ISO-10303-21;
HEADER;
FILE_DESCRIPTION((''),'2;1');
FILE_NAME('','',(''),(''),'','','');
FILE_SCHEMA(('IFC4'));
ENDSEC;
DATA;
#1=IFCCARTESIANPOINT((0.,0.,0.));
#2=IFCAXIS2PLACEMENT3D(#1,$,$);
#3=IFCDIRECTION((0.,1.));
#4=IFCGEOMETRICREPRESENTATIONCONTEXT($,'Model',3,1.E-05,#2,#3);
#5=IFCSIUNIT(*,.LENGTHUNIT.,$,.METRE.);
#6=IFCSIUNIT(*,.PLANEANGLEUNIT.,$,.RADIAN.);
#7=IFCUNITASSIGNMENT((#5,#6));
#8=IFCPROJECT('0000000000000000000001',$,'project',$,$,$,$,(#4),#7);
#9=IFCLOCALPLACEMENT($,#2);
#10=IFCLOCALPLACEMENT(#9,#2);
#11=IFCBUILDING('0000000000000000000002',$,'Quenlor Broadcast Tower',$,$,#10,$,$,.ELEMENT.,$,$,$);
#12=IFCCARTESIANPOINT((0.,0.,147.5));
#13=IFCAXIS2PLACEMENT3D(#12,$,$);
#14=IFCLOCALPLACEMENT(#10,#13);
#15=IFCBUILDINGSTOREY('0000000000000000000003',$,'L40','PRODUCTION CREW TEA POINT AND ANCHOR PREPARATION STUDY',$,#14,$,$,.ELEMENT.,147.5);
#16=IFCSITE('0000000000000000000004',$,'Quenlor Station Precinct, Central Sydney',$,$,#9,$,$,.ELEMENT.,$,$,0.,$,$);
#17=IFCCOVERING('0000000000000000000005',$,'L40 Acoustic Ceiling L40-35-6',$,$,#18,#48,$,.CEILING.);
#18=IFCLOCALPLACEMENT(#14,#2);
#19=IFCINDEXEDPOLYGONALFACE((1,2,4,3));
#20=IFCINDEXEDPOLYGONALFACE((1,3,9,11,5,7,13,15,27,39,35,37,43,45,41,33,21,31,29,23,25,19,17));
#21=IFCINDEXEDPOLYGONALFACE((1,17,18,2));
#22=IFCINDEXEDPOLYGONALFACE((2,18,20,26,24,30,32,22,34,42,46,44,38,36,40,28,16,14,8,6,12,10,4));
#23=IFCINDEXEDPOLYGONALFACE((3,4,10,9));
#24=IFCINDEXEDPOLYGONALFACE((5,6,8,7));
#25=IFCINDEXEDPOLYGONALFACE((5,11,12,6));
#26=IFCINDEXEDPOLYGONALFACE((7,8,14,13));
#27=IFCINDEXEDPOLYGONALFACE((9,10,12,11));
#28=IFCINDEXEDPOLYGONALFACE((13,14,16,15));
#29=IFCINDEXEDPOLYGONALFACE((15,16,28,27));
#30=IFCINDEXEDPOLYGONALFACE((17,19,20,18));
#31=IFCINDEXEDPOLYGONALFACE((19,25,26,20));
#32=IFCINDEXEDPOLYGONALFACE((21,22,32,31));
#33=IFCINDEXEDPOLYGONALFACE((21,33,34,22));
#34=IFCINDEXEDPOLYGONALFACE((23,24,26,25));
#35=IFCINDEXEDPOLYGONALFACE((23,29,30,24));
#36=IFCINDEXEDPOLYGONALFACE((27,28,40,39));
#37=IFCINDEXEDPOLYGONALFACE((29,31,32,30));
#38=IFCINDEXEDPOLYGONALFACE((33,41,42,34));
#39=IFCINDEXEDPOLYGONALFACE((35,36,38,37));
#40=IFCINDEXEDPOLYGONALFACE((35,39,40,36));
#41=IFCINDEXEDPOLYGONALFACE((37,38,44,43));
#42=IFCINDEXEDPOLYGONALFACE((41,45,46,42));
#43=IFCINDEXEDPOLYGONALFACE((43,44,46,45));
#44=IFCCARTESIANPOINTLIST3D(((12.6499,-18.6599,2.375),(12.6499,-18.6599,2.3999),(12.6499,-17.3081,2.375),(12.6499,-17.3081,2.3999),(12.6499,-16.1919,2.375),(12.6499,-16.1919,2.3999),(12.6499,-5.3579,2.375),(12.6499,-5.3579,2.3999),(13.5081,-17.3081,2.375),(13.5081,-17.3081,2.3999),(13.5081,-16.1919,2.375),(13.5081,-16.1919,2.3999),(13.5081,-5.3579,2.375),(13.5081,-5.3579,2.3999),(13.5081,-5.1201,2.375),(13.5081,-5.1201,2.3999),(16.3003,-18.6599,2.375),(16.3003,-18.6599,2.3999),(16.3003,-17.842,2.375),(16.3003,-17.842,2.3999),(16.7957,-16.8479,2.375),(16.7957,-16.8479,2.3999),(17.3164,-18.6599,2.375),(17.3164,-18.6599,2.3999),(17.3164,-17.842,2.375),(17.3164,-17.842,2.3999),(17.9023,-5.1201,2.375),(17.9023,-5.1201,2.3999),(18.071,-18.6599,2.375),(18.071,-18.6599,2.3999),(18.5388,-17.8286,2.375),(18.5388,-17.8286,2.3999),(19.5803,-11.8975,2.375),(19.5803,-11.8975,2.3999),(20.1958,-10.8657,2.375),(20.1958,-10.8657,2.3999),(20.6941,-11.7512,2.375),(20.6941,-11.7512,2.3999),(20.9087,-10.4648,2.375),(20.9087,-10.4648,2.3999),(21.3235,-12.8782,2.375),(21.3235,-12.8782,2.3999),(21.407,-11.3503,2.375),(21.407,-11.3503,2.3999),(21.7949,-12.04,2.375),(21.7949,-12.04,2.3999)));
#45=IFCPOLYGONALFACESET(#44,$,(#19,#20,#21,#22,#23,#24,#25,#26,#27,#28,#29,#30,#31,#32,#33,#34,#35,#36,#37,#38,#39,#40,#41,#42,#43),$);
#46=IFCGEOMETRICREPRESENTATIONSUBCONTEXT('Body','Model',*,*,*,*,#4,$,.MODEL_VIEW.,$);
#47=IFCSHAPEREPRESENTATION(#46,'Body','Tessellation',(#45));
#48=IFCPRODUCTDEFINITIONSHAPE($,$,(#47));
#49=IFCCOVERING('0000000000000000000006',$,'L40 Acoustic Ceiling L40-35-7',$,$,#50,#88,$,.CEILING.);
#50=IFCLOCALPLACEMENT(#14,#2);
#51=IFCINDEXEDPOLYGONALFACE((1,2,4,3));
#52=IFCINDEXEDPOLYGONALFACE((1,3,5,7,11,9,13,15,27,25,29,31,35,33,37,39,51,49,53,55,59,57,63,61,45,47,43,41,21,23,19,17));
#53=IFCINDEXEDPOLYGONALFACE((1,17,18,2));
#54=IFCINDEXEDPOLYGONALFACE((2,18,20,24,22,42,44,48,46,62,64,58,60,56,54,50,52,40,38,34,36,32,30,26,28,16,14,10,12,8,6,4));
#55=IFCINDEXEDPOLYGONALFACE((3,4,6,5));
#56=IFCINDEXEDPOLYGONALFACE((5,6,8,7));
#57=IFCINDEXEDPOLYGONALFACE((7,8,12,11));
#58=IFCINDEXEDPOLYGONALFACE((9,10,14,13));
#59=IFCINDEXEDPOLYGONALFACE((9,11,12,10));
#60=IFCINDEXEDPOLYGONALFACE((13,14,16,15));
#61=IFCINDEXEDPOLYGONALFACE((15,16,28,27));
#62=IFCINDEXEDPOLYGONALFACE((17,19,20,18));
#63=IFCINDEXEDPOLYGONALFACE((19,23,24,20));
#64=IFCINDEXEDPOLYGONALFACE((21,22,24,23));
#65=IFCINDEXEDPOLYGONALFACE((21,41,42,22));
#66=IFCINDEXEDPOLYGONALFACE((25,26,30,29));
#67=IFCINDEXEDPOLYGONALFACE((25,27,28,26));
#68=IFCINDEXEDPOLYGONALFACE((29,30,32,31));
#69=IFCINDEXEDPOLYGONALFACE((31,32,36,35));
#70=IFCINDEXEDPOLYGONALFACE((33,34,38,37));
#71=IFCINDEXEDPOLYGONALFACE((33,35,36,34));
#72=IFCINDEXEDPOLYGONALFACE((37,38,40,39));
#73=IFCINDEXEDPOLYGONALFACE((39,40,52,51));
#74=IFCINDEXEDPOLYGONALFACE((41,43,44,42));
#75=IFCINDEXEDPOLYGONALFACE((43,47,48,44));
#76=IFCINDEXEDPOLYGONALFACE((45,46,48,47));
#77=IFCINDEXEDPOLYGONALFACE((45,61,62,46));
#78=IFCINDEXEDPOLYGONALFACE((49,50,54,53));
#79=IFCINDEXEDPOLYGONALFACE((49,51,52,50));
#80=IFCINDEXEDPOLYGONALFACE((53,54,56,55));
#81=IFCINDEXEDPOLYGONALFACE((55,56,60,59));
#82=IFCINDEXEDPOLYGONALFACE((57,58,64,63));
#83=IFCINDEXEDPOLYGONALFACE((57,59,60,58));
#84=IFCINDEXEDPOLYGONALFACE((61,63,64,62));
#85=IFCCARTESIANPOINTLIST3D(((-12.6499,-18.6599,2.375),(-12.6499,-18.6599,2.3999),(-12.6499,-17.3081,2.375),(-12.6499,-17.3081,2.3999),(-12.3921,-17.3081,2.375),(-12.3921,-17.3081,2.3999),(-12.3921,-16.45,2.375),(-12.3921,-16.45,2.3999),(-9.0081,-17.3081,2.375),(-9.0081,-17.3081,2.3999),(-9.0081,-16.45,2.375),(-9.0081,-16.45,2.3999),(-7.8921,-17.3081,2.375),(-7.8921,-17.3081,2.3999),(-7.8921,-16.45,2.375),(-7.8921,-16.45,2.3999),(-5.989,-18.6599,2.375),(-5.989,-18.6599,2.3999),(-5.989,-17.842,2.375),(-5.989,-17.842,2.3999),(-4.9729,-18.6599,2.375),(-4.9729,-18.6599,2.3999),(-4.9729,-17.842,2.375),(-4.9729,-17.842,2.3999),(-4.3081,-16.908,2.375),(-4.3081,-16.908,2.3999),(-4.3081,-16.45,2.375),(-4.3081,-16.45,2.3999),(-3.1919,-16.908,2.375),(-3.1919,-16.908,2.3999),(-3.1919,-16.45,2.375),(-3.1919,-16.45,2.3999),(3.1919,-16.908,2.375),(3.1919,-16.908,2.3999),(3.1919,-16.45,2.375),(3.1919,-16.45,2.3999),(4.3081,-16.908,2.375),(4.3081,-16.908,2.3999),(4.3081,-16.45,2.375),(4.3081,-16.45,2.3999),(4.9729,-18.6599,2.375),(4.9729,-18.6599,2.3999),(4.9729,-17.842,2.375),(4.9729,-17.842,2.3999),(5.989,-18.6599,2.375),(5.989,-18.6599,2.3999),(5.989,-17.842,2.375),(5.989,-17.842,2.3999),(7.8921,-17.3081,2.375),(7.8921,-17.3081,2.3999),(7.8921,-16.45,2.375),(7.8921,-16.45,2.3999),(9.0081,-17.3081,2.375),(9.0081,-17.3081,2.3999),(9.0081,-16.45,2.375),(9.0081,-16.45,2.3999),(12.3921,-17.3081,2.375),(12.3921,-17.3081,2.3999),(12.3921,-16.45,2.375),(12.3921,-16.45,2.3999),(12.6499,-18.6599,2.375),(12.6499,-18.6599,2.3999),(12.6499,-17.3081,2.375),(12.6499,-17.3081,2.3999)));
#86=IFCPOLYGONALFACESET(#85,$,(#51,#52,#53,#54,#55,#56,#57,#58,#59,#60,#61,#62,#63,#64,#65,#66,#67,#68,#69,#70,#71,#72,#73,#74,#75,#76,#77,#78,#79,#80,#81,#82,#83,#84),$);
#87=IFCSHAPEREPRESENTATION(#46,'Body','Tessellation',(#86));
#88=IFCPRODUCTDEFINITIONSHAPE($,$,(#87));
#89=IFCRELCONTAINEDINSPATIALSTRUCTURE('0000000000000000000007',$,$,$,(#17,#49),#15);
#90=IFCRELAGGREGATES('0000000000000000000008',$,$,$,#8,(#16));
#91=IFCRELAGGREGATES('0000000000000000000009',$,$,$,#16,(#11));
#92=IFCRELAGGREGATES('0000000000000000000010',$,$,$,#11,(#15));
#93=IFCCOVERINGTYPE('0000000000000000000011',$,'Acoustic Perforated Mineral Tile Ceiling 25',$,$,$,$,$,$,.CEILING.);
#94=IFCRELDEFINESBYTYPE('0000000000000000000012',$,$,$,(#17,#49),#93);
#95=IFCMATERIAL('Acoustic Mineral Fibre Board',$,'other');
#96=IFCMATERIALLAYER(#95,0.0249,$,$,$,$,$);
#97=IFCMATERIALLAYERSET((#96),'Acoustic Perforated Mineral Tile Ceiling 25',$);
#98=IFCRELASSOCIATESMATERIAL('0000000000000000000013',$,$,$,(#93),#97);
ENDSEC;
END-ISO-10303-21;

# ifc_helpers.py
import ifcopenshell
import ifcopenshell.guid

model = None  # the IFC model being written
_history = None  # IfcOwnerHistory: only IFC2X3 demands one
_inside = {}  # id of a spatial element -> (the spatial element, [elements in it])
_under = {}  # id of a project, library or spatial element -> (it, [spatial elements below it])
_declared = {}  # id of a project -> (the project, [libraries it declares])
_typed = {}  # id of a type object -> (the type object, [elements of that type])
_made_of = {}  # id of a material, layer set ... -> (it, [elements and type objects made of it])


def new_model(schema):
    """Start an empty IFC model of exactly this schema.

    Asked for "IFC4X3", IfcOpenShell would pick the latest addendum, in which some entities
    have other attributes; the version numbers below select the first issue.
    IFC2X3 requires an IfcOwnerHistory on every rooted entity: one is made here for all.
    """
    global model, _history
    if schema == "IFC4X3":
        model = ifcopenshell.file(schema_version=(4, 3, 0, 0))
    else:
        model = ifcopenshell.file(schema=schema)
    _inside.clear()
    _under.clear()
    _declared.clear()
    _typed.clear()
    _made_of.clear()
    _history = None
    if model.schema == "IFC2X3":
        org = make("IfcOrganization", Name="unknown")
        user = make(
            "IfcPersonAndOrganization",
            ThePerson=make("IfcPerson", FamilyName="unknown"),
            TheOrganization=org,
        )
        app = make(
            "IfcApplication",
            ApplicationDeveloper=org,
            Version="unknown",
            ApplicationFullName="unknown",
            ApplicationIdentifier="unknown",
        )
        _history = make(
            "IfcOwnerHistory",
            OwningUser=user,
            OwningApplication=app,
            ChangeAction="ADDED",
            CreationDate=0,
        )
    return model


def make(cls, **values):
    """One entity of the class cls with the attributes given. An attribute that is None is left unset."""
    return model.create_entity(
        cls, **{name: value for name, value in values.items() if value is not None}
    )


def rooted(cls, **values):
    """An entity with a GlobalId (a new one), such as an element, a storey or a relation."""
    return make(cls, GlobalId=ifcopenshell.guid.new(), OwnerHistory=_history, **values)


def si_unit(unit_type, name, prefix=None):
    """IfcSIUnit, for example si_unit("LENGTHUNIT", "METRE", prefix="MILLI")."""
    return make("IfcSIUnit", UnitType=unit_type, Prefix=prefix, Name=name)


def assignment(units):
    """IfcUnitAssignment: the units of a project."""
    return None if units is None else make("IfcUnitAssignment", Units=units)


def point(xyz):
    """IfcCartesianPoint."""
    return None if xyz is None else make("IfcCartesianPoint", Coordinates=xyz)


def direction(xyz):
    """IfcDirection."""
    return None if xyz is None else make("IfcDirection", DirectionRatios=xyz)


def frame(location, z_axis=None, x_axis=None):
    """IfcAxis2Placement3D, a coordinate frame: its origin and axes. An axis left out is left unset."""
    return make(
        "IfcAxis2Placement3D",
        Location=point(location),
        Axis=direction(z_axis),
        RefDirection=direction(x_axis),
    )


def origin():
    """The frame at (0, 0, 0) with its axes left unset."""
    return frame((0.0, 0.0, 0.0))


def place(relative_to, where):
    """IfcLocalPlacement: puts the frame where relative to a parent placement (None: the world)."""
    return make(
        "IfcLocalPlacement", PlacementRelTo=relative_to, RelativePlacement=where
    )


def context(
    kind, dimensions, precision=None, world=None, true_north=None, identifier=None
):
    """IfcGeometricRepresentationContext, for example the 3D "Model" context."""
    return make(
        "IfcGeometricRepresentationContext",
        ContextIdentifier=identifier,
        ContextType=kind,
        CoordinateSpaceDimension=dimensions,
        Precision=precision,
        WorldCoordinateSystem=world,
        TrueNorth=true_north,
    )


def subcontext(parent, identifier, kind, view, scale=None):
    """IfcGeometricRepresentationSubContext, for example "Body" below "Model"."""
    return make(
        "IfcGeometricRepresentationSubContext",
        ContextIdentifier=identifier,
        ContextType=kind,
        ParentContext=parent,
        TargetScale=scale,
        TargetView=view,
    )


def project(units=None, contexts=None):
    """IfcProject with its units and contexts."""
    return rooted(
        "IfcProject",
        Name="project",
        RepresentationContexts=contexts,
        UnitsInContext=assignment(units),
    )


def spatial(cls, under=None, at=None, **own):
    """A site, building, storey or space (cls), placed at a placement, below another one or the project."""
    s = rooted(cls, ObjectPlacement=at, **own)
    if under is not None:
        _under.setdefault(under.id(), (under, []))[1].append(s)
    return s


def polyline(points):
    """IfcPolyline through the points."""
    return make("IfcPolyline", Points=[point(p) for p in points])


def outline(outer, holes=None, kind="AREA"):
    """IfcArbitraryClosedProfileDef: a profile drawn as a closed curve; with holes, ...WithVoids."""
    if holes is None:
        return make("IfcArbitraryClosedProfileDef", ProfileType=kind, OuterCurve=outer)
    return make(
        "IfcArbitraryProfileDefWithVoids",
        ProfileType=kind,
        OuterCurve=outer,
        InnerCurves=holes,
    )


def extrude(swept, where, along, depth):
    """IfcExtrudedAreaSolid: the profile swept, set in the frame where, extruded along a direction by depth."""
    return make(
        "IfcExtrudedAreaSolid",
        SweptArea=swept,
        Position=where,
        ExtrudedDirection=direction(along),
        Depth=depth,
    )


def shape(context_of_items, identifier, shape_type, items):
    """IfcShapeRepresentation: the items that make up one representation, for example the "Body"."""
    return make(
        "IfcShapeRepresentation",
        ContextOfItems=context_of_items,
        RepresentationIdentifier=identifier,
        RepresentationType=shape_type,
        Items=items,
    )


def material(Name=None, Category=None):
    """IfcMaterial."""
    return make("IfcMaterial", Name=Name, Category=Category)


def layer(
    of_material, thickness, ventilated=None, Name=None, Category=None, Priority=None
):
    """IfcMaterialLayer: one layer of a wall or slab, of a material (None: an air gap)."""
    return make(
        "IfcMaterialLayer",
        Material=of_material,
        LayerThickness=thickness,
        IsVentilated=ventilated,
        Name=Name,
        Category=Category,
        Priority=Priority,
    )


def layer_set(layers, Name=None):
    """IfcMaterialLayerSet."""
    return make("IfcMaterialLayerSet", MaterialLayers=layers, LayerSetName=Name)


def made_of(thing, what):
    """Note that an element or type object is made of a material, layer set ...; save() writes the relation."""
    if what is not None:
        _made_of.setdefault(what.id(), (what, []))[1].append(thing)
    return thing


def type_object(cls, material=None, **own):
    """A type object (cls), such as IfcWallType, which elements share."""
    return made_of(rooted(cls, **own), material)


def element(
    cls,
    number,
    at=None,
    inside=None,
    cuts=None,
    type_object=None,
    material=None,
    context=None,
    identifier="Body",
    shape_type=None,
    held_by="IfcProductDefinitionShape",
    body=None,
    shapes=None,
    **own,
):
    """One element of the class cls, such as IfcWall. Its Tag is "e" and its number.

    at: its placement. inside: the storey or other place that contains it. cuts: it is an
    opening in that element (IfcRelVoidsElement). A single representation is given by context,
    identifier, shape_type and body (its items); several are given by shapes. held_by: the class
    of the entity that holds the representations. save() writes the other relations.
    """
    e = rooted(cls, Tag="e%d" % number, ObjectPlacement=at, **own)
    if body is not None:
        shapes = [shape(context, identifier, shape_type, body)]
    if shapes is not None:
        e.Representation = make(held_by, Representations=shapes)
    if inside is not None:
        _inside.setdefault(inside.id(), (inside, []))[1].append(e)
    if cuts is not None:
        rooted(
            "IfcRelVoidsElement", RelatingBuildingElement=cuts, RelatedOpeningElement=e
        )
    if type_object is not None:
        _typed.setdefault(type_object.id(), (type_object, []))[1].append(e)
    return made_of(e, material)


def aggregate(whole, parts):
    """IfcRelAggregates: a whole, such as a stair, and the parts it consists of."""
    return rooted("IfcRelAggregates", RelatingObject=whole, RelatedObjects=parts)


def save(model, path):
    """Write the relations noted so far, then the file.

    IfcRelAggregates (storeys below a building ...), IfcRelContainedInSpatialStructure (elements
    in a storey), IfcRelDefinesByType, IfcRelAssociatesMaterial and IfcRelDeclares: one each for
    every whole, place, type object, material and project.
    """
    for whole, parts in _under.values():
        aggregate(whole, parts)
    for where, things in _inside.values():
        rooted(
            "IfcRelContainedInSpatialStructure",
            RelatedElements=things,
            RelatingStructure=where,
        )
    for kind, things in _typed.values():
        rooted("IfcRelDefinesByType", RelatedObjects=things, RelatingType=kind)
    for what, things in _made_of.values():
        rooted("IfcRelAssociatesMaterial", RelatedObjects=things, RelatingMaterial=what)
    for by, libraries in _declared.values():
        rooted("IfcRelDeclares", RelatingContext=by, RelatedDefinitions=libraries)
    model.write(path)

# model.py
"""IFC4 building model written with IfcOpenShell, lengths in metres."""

from ifc_helpers import new_model, si_unit, direction, frame, origin, place, context, subcontext, project, spatial, polyline, outline, extrude, material, layer, layer_set, type_object, element, save


model = new_model("IFC4")

# Units and contexts
model_context = context("Model", 3, precision=1e-05, world=origin(), true_north=direction((0.0, 1.0)))
body_context = subcontext(model_context, "Body", "Model", "MODEL_VIEW")
ifc_project = project(units=[si_unit("LENGTHUNIT", "METRE"), si_unit("PLANEANGLEUNIT", "RADIAN")], contexts=[model_context])

# Site, building, storey
site_placement = place(None, origin())
site = spatial("IfcSite", under=ifc_project, at=site_placement, Name="Quenlor Station Precinct, Central Sydney", CompositionType="ELEMENT", RefElevation=0.0)
building_placement = place(site_placement, origin())
building = spatial("IfcBuilding", under=site, at=building_placement, Name="Quenlor Broadcast Tower", CompositionType="ELEMENT")
storey_placement = place(building_placement, frame((0.0, 0.0, 147.5)))
storey = spatial("IfcBuildingStorey", under=building, at=storey_placement, Name="L40", Description="PRODUCTION CREW TEA POINT AND ANCHOR PREPARATION STUDY", CompositionType="ELEMENT", Elevation=147.5)

# Coverings
ifc_material_1 = material(Name="Acoustic Mineral Fibre Board", Category="other")
ifc_layer_1 = layer(ifc_material_1, 0.0249)
ifc_layer_set_1 = layer_set([ifc_layer_1], Name="Acoustic Perforated Mineral Tile Ceiling 25")
covering_type = type_object("IfcCoveringType", Name="Acoustic Perforated Mineral Tile Ceiling 25", PredefinedType="CEILING", material=ifc_layer_set_1)
covering_1_placement = place(storey_placement, frame((0.0, 0.0, 2.375)))
element("IfcCovering", 1, at=covering_1_placement, inside=storey, type_object=covering_type, Name="L40 Acoustic Ceiling L40-35-6", PredefinedType="CEILING", context=body_context, shape_type="SweptSolid", body=[
    extrude(outline(polyline([(13.5081, -17.3081), (13.5081, -16.1919), (12.6499, -16.1919), (12.6499, -5.3579), (13.5081, -5.3579), (13.5081, -5.1201), (17.9023, -5.1201), (20.9087, -10.4648), (20.1958, -10.8657), (20.6941, -11.7512), (21.407, -11.3503), (21.7949, -12.04), (21.3235, -12.8782), (19.5803, -11.8975), (16.7957, -16.8479), (18.5388, -17.8286), (18.071, -18.6599), (17.3164, -18.6599), (17.3164, -17.842), (16.3003, -17.842), (16.3003, -18.6599), (12.6499, -18.6599), (12.6499, -17.3081), (13.5081, -17.3081)])), origin(), (0.0, 0.0, 1.0), 0.0249),
])
covering_2_placement = place(storey_placement, frame((0.0, 0.0, 2.375)))
element("IfcCovering", 2, at=covering_2_placement, inside=storey, type_object=covering_type, Name="L40 Acoustic Ceiling L40-35-7", PredefinedType="CEILING", context=body_context, shape_type="SweptSolid", body=[
    extrude(outline(polyline([(-12.3921, -17.3081), (-12.3921, -16.45), (-9.0081, -16.45), (-9.0081, -17.3081), (-7.8921, -17.3081), (-7.8921, -16.45), (-4.3081, -16.45), (-4.3081, -16.908), (-3.1919, -16.908), (-3.1919, -16.45), (3.1919, -16.45), (3.1919, -16.908), (4.3081, -16.908), (4.3081, -16.45), (7.8921, -16.45), (7.8921, -17.3081), (9.0081, -17.3081), (9.0081, -16.45), (12.3921, -16.45), (12.3921, -17.3081), (12.6499, -17.3081), (12.6499, -18.6599), (5.989, -18.6599), (5.989, -17.842), (4.9729, -17.842), (4.9729, -18.6599), (-4.9729, -18.6599), (-4.9729, -17.842), (-5.989, -17.842), (-5.989, -18.6599), (-12.6499, -18.6599), (-12.6499, -17.3081), (-12.3921, -17.3081)])), origin(), (0.0, 0.0, 1.0), 0.0249),
])

save(model, "model.ifc")
